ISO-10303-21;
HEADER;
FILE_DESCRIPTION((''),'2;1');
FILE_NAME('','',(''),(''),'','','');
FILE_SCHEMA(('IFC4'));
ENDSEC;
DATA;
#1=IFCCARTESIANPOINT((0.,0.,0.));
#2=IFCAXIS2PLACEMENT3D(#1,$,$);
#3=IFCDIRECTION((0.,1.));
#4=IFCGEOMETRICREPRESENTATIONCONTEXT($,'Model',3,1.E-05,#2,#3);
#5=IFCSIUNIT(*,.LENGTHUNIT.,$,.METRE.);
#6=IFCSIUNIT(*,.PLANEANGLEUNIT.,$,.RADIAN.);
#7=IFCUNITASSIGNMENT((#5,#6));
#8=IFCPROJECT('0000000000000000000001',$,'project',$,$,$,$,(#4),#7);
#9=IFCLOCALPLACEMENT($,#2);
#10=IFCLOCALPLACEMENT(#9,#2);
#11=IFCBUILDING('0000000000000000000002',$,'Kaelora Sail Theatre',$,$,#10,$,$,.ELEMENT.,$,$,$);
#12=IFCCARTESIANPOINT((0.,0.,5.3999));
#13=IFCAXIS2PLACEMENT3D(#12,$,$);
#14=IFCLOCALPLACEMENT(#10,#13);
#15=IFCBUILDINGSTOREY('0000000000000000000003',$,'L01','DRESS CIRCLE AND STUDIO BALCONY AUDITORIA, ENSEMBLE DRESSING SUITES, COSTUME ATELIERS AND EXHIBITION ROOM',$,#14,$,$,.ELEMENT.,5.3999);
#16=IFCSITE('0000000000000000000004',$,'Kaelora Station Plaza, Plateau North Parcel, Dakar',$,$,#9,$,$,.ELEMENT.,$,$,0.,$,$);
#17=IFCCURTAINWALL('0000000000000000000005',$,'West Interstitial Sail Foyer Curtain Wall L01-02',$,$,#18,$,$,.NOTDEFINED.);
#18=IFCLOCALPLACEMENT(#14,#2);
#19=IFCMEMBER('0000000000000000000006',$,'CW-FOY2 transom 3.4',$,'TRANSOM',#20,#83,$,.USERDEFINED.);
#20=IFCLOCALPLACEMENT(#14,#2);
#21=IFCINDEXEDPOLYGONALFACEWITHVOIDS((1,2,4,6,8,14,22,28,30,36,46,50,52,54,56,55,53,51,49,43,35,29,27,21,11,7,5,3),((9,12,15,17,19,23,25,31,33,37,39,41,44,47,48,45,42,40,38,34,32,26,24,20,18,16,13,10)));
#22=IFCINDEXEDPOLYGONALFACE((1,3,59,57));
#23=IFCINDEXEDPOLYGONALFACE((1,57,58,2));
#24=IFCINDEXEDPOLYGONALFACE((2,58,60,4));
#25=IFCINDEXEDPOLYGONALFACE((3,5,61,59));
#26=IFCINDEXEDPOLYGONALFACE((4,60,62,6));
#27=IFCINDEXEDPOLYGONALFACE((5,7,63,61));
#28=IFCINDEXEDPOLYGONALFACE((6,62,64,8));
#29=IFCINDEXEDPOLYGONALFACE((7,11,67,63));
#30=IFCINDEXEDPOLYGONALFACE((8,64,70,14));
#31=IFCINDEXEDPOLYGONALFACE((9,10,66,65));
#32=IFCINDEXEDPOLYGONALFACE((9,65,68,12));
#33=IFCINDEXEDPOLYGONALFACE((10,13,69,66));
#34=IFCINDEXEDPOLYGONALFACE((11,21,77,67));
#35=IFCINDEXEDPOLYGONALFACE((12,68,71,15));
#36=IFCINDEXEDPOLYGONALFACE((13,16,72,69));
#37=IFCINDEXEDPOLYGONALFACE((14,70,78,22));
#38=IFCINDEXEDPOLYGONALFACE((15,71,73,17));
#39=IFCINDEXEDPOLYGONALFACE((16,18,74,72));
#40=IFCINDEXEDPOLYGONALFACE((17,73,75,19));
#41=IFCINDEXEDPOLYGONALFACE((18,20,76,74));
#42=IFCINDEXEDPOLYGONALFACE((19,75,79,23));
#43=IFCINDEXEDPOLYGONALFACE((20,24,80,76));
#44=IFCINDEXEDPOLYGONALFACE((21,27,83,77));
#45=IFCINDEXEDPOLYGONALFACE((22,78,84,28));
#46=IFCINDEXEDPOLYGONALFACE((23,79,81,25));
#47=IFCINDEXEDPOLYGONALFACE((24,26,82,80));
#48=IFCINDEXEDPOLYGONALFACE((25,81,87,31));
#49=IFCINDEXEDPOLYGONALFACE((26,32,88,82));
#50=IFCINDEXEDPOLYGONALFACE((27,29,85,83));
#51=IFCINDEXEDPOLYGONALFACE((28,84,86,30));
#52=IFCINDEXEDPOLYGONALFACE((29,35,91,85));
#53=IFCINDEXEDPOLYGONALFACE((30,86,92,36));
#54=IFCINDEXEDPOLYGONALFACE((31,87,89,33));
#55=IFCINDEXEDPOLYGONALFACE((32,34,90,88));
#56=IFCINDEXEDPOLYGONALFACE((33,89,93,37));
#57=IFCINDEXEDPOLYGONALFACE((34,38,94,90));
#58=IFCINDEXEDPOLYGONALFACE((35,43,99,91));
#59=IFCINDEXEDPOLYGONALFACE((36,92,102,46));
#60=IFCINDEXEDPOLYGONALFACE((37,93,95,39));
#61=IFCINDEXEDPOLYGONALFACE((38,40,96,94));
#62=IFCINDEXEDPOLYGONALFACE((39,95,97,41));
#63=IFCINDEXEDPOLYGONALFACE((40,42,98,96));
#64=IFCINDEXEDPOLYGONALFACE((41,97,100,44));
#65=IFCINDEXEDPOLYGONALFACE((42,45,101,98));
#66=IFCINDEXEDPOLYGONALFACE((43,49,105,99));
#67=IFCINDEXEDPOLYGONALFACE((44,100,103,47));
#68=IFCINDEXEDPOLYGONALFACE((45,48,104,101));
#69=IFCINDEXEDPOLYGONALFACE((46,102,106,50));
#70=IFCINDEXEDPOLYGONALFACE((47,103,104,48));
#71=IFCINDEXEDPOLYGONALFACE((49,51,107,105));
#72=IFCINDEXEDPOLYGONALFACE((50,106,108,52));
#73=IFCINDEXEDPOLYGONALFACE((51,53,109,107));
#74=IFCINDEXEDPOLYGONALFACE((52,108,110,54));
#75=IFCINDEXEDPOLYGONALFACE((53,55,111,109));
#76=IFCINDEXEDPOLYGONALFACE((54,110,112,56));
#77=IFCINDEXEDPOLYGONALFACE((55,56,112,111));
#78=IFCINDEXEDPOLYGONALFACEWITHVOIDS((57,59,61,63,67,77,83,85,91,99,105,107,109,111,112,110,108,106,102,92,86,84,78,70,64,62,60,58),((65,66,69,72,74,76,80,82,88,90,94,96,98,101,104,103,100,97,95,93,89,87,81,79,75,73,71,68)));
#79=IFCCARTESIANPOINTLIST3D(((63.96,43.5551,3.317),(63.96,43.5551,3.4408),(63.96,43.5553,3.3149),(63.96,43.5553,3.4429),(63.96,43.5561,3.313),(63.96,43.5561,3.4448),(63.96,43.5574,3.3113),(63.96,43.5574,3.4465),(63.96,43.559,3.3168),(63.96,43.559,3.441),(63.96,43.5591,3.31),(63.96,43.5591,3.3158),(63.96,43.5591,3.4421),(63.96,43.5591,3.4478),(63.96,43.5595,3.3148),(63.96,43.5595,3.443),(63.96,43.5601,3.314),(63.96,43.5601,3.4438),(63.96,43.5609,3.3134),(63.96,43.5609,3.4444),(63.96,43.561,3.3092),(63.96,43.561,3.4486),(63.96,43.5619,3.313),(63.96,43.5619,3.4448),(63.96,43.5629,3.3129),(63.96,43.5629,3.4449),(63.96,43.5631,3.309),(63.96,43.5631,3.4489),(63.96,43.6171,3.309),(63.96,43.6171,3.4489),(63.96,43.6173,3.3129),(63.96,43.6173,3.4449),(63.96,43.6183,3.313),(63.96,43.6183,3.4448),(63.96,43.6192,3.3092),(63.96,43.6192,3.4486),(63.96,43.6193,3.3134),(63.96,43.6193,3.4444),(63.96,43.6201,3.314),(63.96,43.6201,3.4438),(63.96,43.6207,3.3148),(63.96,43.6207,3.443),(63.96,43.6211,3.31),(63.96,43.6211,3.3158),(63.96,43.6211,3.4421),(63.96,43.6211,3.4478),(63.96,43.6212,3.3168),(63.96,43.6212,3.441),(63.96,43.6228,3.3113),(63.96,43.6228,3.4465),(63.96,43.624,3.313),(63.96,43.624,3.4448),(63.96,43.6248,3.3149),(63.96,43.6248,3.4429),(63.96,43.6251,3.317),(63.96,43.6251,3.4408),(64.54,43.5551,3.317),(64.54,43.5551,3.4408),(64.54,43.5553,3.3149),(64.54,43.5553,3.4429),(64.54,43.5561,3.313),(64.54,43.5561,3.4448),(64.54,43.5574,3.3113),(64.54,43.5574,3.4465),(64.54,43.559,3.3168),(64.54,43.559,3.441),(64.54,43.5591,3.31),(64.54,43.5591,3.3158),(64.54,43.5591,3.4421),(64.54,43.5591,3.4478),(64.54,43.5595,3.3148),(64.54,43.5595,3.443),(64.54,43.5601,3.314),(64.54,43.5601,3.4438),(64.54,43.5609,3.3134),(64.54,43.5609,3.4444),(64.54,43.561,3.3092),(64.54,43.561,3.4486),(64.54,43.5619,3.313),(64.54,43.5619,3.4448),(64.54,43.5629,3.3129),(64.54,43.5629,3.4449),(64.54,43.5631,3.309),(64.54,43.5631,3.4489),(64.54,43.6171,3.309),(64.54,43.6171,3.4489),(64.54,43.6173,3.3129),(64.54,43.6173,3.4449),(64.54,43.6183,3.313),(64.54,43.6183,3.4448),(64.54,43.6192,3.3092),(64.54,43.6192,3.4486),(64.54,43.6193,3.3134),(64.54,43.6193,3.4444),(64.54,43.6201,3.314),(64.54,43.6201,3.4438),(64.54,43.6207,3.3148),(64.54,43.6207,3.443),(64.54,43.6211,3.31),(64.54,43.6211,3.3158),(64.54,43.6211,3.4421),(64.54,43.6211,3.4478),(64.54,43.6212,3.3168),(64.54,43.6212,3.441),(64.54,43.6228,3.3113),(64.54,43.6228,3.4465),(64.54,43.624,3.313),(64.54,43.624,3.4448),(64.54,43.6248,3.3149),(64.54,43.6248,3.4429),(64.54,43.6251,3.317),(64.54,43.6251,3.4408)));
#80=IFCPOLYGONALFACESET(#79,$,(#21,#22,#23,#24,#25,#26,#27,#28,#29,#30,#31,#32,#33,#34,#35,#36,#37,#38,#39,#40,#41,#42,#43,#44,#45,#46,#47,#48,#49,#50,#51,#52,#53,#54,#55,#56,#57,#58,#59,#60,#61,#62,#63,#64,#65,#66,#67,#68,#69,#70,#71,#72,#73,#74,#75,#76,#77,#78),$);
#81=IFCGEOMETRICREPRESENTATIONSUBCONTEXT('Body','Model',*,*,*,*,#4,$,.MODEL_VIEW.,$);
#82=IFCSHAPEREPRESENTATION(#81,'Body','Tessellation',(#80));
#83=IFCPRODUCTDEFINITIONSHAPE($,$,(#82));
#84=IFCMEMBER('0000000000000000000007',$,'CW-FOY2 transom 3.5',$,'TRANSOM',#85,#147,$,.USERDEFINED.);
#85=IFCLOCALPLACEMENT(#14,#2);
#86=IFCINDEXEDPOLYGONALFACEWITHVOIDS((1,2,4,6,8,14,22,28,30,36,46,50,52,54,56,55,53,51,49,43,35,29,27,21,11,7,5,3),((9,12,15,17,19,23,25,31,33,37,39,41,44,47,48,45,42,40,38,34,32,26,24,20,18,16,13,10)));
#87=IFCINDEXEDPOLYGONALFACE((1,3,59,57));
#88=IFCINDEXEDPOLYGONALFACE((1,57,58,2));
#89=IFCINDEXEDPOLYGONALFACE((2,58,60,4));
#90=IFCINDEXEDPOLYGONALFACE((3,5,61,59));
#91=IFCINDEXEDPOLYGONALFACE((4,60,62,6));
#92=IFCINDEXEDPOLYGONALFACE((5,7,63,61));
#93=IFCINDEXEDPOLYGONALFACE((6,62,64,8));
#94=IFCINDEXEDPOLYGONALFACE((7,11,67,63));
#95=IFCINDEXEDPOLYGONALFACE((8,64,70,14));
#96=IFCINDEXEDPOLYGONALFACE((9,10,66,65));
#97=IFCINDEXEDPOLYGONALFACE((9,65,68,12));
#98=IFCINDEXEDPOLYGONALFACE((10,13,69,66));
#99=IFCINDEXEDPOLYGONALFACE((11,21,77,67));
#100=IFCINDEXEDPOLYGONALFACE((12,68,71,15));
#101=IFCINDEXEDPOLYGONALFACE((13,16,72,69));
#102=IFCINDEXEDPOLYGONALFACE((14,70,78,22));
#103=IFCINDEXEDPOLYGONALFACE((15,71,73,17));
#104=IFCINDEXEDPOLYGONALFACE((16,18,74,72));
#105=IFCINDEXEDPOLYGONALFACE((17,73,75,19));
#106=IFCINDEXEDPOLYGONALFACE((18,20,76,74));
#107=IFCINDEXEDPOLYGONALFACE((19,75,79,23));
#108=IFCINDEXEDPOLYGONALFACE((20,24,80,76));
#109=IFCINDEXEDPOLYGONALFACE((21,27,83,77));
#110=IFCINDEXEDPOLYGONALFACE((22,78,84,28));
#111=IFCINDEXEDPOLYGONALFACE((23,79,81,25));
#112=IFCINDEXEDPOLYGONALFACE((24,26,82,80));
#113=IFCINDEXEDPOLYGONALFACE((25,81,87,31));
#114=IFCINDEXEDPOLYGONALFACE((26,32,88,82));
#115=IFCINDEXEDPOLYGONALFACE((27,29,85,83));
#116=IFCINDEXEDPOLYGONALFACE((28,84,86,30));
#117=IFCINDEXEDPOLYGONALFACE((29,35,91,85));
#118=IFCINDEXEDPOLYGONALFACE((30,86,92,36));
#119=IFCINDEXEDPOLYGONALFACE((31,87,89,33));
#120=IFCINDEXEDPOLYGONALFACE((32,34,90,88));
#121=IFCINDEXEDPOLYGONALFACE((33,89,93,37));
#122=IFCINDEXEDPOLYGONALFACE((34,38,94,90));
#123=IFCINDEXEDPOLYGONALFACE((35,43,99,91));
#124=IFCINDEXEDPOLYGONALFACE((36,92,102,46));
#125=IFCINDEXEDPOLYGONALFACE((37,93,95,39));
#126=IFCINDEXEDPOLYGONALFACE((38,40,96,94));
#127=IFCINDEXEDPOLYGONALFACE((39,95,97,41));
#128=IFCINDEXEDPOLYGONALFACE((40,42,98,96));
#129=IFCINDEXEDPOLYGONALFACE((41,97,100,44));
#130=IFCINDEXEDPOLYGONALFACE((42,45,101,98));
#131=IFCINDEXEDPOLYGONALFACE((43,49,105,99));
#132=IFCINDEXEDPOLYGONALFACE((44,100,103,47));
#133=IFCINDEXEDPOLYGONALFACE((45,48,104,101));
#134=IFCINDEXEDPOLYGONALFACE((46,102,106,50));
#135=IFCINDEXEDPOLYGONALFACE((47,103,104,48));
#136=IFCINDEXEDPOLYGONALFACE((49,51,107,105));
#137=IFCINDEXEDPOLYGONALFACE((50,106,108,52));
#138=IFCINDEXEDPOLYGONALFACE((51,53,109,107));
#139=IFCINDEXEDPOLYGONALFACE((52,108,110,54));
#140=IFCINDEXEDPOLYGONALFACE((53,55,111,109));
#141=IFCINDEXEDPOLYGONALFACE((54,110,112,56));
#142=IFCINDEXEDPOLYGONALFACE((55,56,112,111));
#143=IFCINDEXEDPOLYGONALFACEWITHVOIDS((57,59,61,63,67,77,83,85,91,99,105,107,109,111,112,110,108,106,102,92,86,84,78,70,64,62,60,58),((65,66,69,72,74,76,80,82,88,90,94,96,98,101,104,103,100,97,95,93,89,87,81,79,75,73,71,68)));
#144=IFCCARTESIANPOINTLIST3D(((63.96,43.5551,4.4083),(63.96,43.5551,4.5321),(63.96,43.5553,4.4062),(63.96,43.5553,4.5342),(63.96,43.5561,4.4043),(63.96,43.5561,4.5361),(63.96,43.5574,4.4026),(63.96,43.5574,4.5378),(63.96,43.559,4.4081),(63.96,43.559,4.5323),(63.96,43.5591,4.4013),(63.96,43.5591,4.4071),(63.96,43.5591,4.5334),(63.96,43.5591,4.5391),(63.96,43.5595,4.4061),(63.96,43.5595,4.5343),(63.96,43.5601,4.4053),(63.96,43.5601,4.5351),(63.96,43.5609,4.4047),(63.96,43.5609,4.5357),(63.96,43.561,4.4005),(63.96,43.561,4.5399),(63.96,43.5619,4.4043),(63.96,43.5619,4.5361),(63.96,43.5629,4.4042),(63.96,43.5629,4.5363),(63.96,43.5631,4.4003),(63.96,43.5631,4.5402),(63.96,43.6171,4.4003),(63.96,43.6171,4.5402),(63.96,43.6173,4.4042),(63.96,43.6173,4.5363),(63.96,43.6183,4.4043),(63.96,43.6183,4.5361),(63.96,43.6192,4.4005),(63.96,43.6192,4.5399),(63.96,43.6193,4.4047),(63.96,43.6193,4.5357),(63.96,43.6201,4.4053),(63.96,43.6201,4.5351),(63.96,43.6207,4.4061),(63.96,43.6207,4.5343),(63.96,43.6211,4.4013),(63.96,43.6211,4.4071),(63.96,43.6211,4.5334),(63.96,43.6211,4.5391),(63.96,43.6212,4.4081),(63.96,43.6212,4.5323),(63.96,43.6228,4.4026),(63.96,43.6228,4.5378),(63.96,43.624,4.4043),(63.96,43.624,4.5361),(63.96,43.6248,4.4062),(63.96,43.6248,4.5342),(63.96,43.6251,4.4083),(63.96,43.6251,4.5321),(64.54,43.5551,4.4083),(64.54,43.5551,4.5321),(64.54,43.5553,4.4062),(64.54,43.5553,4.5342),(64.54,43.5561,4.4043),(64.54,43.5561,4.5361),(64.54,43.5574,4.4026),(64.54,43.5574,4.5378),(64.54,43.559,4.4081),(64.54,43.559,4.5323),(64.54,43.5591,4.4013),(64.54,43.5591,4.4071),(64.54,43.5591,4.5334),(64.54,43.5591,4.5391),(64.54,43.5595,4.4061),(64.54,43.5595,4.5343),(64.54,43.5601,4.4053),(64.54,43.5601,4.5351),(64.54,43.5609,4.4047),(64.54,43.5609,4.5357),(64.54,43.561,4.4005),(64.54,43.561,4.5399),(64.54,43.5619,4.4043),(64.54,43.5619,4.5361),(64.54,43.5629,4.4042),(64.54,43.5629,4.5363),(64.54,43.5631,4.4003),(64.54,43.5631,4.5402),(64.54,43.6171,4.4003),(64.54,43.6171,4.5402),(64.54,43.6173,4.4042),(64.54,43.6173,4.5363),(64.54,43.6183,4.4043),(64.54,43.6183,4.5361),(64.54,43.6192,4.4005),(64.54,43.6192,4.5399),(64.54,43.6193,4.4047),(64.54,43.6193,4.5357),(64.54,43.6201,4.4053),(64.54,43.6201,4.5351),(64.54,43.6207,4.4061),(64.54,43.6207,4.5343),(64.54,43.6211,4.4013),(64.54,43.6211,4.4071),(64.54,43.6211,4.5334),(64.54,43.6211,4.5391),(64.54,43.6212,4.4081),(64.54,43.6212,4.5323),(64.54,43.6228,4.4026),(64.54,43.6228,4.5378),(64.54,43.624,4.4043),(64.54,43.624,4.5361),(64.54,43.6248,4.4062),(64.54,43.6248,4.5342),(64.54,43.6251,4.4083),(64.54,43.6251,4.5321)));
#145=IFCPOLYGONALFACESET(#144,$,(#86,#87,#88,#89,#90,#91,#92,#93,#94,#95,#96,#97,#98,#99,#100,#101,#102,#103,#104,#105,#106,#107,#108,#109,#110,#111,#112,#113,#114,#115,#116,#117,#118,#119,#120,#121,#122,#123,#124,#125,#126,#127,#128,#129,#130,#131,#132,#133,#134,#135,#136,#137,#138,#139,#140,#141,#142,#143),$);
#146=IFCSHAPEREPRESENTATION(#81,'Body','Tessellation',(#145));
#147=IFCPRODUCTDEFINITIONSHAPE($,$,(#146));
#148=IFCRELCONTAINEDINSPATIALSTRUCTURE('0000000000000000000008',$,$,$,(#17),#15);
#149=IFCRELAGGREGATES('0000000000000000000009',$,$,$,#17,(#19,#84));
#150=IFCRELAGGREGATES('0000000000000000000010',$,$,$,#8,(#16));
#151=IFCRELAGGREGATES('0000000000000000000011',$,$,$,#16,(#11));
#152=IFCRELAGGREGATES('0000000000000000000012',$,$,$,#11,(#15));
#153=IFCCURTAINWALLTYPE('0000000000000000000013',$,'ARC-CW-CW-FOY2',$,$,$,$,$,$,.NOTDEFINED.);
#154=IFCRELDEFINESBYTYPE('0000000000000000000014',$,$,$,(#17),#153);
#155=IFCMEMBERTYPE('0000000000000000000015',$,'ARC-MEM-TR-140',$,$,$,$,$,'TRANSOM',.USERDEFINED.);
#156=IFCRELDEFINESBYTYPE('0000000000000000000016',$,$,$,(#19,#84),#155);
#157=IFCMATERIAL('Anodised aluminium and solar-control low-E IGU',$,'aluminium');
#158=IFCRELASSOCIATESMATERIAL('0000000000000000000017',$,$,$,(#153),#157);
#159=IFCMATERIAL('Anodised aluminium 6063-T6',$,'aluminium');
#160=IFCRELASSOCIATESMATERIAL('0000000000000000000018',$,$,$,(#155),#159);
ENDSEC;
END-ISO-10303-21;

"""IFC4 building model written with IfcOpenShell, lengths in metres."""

from ifc_helpers import new_model, si_unit, direction, frame, origin, origin_2d, place, context, subcontext, project, spatial, hollow_rectangle, extrude, material, material_profile, profile_set, type_object, element, aggregate, save


model = new_model("IFC4")

# Units and contexts
model_context = context("Model", 3, precision=1e-05, world=origin(), true_north=direction((0.0, 1.0)))
body_context = subcontext(model_context, "Body", "Model", "MODEL_VIEW")
ifc_project = project(units=[si_unit("LENGTHUNIT", "METRE"), si_unit("PLANEANGLEUNIT", "RADIAN")], contexts=[model_context])

# Site, building, storey
site_placement = place(None, origin())
site = spatial("IfcSite", under=ifc_project, at=site_placement, Name="Kaelora Station Plaza, Plateau North Parcel, Dakar", CompositionType="ELEMENT", RefElevation=0.0)
building_placement = place(site_placement, origin())
building = spatial("IfcBuilding", under=site, at=building_placement, Name="Kaelora Sail Theatre", CompositionType="ELEMENT")
storey_placement = place(building_placement, frame((0.0, 0.0, 5.3999)))
storey = spatial("IfcBuildingStorey", under=building, at=storey_placement, Name="L01", Description="DRESS CIRCLE AND STUDIO BALCONY AUDITORIA, ENSEMBLE DRESSING SUITES, COSTUME ATELIERS AND EXHIBITION ROOM", CompositionType="ELEMENT", Elevation=5.3999)

# Curtain wall, members
ifc_material_1 = material(Name="Anodised aluminium and solar-control low-E IGU", Category="aluminium")
curtain_wall_type = type_object("IfcCurtainWallType", Name="ARC-CW-CW-FOY2", PredefinedType="NOTDEFINED", material=ifc_material_1)
curtain_wall_1_placement = place(storey_placement, origin())
curtain_wall_1 = element("IfcCurtainWall", 1, at=curtain_wall_1_placement, inside=storey, type_object=curtain_wall_type, Name="West Interstitial Sail Foyer Curtain Wall L01-02", PredefinedType="NOTDEFINED")
ifc_material_2 = material(Name="Anodised aluminium 6063-T6", Category="aluminium")
ifc_material_profile = material_profile(ifc_material_2, hollow_rectangle(XDim=0.0701, YDim=0.1399, WallThickness=0.0039, InnerFilletRadius=0.0039, OuterFilletRadius=0.0081, at=origin_2d()), Name="ALU-TRAN 70x140x4")
ifc_profile_set = profile_set([ifc_material_profile], Name="Anodised aluminium 6063-T6")
member_type = type_object("IfcMemberType", Name="ARC-MEM-TR-140", ElementType="TRANSOM", PredefinedType="USERDEFINED", material=ifc_profile_set)
member_1_placement = place(storey_placement, frame((63.96, 43.5901, 3.3789), z_axis=(1.0, 0.0, 0.0), x_axis=(0.0, 1.0, 0.0)))
member_1 = element("IfcMember", 2, at=member_1_placement, type_object=member_type, Name="CW-FOY2 transom 3.4", ObjectType="TRANSOM", PredefinedType="USERDEFINED", context=body_context, shape_type="SweptSolid", body=[
    extrude(hollow_rectangle(XDim=0.0701, YDim=0.1399, WallThickness=0.0039, InnerFilletRadius=0.0039, OuterFilletRadius=0.0081, at=origin_2d()), origin(), (0.0, 0.0, 1.0), 0.5801),
])
member_2_placement = place(storey_placement, frame((63.96, 43.5901, 4.4702), z_axis=(1.0, 0.0, 0.0), x_axis=(0.0, 1.0, 0.0)))
member_2 = element("IfcMember", 3, at=member_2_placement, type_object=member_type, Name="CW-FOY2 transom 3.5", ObjectType="TRANSOM", PredefinedType="USERDEFINED", context=body_context, shape_type="SweptSolid", body=[
    extrude(hollow_rectangle(XDim=0.0701, YDim=0.1399, WallThickness=0.0039, InnerFilletRadius=0.0039, OuterFilletRadius=0.0081, at=origin_2d()), origin(), (0.0, 0.0, 1.0), 0.5801),
])

aggregate(curtain_wall_1, [member_1, member_2])

save(model, "model.ifc")
